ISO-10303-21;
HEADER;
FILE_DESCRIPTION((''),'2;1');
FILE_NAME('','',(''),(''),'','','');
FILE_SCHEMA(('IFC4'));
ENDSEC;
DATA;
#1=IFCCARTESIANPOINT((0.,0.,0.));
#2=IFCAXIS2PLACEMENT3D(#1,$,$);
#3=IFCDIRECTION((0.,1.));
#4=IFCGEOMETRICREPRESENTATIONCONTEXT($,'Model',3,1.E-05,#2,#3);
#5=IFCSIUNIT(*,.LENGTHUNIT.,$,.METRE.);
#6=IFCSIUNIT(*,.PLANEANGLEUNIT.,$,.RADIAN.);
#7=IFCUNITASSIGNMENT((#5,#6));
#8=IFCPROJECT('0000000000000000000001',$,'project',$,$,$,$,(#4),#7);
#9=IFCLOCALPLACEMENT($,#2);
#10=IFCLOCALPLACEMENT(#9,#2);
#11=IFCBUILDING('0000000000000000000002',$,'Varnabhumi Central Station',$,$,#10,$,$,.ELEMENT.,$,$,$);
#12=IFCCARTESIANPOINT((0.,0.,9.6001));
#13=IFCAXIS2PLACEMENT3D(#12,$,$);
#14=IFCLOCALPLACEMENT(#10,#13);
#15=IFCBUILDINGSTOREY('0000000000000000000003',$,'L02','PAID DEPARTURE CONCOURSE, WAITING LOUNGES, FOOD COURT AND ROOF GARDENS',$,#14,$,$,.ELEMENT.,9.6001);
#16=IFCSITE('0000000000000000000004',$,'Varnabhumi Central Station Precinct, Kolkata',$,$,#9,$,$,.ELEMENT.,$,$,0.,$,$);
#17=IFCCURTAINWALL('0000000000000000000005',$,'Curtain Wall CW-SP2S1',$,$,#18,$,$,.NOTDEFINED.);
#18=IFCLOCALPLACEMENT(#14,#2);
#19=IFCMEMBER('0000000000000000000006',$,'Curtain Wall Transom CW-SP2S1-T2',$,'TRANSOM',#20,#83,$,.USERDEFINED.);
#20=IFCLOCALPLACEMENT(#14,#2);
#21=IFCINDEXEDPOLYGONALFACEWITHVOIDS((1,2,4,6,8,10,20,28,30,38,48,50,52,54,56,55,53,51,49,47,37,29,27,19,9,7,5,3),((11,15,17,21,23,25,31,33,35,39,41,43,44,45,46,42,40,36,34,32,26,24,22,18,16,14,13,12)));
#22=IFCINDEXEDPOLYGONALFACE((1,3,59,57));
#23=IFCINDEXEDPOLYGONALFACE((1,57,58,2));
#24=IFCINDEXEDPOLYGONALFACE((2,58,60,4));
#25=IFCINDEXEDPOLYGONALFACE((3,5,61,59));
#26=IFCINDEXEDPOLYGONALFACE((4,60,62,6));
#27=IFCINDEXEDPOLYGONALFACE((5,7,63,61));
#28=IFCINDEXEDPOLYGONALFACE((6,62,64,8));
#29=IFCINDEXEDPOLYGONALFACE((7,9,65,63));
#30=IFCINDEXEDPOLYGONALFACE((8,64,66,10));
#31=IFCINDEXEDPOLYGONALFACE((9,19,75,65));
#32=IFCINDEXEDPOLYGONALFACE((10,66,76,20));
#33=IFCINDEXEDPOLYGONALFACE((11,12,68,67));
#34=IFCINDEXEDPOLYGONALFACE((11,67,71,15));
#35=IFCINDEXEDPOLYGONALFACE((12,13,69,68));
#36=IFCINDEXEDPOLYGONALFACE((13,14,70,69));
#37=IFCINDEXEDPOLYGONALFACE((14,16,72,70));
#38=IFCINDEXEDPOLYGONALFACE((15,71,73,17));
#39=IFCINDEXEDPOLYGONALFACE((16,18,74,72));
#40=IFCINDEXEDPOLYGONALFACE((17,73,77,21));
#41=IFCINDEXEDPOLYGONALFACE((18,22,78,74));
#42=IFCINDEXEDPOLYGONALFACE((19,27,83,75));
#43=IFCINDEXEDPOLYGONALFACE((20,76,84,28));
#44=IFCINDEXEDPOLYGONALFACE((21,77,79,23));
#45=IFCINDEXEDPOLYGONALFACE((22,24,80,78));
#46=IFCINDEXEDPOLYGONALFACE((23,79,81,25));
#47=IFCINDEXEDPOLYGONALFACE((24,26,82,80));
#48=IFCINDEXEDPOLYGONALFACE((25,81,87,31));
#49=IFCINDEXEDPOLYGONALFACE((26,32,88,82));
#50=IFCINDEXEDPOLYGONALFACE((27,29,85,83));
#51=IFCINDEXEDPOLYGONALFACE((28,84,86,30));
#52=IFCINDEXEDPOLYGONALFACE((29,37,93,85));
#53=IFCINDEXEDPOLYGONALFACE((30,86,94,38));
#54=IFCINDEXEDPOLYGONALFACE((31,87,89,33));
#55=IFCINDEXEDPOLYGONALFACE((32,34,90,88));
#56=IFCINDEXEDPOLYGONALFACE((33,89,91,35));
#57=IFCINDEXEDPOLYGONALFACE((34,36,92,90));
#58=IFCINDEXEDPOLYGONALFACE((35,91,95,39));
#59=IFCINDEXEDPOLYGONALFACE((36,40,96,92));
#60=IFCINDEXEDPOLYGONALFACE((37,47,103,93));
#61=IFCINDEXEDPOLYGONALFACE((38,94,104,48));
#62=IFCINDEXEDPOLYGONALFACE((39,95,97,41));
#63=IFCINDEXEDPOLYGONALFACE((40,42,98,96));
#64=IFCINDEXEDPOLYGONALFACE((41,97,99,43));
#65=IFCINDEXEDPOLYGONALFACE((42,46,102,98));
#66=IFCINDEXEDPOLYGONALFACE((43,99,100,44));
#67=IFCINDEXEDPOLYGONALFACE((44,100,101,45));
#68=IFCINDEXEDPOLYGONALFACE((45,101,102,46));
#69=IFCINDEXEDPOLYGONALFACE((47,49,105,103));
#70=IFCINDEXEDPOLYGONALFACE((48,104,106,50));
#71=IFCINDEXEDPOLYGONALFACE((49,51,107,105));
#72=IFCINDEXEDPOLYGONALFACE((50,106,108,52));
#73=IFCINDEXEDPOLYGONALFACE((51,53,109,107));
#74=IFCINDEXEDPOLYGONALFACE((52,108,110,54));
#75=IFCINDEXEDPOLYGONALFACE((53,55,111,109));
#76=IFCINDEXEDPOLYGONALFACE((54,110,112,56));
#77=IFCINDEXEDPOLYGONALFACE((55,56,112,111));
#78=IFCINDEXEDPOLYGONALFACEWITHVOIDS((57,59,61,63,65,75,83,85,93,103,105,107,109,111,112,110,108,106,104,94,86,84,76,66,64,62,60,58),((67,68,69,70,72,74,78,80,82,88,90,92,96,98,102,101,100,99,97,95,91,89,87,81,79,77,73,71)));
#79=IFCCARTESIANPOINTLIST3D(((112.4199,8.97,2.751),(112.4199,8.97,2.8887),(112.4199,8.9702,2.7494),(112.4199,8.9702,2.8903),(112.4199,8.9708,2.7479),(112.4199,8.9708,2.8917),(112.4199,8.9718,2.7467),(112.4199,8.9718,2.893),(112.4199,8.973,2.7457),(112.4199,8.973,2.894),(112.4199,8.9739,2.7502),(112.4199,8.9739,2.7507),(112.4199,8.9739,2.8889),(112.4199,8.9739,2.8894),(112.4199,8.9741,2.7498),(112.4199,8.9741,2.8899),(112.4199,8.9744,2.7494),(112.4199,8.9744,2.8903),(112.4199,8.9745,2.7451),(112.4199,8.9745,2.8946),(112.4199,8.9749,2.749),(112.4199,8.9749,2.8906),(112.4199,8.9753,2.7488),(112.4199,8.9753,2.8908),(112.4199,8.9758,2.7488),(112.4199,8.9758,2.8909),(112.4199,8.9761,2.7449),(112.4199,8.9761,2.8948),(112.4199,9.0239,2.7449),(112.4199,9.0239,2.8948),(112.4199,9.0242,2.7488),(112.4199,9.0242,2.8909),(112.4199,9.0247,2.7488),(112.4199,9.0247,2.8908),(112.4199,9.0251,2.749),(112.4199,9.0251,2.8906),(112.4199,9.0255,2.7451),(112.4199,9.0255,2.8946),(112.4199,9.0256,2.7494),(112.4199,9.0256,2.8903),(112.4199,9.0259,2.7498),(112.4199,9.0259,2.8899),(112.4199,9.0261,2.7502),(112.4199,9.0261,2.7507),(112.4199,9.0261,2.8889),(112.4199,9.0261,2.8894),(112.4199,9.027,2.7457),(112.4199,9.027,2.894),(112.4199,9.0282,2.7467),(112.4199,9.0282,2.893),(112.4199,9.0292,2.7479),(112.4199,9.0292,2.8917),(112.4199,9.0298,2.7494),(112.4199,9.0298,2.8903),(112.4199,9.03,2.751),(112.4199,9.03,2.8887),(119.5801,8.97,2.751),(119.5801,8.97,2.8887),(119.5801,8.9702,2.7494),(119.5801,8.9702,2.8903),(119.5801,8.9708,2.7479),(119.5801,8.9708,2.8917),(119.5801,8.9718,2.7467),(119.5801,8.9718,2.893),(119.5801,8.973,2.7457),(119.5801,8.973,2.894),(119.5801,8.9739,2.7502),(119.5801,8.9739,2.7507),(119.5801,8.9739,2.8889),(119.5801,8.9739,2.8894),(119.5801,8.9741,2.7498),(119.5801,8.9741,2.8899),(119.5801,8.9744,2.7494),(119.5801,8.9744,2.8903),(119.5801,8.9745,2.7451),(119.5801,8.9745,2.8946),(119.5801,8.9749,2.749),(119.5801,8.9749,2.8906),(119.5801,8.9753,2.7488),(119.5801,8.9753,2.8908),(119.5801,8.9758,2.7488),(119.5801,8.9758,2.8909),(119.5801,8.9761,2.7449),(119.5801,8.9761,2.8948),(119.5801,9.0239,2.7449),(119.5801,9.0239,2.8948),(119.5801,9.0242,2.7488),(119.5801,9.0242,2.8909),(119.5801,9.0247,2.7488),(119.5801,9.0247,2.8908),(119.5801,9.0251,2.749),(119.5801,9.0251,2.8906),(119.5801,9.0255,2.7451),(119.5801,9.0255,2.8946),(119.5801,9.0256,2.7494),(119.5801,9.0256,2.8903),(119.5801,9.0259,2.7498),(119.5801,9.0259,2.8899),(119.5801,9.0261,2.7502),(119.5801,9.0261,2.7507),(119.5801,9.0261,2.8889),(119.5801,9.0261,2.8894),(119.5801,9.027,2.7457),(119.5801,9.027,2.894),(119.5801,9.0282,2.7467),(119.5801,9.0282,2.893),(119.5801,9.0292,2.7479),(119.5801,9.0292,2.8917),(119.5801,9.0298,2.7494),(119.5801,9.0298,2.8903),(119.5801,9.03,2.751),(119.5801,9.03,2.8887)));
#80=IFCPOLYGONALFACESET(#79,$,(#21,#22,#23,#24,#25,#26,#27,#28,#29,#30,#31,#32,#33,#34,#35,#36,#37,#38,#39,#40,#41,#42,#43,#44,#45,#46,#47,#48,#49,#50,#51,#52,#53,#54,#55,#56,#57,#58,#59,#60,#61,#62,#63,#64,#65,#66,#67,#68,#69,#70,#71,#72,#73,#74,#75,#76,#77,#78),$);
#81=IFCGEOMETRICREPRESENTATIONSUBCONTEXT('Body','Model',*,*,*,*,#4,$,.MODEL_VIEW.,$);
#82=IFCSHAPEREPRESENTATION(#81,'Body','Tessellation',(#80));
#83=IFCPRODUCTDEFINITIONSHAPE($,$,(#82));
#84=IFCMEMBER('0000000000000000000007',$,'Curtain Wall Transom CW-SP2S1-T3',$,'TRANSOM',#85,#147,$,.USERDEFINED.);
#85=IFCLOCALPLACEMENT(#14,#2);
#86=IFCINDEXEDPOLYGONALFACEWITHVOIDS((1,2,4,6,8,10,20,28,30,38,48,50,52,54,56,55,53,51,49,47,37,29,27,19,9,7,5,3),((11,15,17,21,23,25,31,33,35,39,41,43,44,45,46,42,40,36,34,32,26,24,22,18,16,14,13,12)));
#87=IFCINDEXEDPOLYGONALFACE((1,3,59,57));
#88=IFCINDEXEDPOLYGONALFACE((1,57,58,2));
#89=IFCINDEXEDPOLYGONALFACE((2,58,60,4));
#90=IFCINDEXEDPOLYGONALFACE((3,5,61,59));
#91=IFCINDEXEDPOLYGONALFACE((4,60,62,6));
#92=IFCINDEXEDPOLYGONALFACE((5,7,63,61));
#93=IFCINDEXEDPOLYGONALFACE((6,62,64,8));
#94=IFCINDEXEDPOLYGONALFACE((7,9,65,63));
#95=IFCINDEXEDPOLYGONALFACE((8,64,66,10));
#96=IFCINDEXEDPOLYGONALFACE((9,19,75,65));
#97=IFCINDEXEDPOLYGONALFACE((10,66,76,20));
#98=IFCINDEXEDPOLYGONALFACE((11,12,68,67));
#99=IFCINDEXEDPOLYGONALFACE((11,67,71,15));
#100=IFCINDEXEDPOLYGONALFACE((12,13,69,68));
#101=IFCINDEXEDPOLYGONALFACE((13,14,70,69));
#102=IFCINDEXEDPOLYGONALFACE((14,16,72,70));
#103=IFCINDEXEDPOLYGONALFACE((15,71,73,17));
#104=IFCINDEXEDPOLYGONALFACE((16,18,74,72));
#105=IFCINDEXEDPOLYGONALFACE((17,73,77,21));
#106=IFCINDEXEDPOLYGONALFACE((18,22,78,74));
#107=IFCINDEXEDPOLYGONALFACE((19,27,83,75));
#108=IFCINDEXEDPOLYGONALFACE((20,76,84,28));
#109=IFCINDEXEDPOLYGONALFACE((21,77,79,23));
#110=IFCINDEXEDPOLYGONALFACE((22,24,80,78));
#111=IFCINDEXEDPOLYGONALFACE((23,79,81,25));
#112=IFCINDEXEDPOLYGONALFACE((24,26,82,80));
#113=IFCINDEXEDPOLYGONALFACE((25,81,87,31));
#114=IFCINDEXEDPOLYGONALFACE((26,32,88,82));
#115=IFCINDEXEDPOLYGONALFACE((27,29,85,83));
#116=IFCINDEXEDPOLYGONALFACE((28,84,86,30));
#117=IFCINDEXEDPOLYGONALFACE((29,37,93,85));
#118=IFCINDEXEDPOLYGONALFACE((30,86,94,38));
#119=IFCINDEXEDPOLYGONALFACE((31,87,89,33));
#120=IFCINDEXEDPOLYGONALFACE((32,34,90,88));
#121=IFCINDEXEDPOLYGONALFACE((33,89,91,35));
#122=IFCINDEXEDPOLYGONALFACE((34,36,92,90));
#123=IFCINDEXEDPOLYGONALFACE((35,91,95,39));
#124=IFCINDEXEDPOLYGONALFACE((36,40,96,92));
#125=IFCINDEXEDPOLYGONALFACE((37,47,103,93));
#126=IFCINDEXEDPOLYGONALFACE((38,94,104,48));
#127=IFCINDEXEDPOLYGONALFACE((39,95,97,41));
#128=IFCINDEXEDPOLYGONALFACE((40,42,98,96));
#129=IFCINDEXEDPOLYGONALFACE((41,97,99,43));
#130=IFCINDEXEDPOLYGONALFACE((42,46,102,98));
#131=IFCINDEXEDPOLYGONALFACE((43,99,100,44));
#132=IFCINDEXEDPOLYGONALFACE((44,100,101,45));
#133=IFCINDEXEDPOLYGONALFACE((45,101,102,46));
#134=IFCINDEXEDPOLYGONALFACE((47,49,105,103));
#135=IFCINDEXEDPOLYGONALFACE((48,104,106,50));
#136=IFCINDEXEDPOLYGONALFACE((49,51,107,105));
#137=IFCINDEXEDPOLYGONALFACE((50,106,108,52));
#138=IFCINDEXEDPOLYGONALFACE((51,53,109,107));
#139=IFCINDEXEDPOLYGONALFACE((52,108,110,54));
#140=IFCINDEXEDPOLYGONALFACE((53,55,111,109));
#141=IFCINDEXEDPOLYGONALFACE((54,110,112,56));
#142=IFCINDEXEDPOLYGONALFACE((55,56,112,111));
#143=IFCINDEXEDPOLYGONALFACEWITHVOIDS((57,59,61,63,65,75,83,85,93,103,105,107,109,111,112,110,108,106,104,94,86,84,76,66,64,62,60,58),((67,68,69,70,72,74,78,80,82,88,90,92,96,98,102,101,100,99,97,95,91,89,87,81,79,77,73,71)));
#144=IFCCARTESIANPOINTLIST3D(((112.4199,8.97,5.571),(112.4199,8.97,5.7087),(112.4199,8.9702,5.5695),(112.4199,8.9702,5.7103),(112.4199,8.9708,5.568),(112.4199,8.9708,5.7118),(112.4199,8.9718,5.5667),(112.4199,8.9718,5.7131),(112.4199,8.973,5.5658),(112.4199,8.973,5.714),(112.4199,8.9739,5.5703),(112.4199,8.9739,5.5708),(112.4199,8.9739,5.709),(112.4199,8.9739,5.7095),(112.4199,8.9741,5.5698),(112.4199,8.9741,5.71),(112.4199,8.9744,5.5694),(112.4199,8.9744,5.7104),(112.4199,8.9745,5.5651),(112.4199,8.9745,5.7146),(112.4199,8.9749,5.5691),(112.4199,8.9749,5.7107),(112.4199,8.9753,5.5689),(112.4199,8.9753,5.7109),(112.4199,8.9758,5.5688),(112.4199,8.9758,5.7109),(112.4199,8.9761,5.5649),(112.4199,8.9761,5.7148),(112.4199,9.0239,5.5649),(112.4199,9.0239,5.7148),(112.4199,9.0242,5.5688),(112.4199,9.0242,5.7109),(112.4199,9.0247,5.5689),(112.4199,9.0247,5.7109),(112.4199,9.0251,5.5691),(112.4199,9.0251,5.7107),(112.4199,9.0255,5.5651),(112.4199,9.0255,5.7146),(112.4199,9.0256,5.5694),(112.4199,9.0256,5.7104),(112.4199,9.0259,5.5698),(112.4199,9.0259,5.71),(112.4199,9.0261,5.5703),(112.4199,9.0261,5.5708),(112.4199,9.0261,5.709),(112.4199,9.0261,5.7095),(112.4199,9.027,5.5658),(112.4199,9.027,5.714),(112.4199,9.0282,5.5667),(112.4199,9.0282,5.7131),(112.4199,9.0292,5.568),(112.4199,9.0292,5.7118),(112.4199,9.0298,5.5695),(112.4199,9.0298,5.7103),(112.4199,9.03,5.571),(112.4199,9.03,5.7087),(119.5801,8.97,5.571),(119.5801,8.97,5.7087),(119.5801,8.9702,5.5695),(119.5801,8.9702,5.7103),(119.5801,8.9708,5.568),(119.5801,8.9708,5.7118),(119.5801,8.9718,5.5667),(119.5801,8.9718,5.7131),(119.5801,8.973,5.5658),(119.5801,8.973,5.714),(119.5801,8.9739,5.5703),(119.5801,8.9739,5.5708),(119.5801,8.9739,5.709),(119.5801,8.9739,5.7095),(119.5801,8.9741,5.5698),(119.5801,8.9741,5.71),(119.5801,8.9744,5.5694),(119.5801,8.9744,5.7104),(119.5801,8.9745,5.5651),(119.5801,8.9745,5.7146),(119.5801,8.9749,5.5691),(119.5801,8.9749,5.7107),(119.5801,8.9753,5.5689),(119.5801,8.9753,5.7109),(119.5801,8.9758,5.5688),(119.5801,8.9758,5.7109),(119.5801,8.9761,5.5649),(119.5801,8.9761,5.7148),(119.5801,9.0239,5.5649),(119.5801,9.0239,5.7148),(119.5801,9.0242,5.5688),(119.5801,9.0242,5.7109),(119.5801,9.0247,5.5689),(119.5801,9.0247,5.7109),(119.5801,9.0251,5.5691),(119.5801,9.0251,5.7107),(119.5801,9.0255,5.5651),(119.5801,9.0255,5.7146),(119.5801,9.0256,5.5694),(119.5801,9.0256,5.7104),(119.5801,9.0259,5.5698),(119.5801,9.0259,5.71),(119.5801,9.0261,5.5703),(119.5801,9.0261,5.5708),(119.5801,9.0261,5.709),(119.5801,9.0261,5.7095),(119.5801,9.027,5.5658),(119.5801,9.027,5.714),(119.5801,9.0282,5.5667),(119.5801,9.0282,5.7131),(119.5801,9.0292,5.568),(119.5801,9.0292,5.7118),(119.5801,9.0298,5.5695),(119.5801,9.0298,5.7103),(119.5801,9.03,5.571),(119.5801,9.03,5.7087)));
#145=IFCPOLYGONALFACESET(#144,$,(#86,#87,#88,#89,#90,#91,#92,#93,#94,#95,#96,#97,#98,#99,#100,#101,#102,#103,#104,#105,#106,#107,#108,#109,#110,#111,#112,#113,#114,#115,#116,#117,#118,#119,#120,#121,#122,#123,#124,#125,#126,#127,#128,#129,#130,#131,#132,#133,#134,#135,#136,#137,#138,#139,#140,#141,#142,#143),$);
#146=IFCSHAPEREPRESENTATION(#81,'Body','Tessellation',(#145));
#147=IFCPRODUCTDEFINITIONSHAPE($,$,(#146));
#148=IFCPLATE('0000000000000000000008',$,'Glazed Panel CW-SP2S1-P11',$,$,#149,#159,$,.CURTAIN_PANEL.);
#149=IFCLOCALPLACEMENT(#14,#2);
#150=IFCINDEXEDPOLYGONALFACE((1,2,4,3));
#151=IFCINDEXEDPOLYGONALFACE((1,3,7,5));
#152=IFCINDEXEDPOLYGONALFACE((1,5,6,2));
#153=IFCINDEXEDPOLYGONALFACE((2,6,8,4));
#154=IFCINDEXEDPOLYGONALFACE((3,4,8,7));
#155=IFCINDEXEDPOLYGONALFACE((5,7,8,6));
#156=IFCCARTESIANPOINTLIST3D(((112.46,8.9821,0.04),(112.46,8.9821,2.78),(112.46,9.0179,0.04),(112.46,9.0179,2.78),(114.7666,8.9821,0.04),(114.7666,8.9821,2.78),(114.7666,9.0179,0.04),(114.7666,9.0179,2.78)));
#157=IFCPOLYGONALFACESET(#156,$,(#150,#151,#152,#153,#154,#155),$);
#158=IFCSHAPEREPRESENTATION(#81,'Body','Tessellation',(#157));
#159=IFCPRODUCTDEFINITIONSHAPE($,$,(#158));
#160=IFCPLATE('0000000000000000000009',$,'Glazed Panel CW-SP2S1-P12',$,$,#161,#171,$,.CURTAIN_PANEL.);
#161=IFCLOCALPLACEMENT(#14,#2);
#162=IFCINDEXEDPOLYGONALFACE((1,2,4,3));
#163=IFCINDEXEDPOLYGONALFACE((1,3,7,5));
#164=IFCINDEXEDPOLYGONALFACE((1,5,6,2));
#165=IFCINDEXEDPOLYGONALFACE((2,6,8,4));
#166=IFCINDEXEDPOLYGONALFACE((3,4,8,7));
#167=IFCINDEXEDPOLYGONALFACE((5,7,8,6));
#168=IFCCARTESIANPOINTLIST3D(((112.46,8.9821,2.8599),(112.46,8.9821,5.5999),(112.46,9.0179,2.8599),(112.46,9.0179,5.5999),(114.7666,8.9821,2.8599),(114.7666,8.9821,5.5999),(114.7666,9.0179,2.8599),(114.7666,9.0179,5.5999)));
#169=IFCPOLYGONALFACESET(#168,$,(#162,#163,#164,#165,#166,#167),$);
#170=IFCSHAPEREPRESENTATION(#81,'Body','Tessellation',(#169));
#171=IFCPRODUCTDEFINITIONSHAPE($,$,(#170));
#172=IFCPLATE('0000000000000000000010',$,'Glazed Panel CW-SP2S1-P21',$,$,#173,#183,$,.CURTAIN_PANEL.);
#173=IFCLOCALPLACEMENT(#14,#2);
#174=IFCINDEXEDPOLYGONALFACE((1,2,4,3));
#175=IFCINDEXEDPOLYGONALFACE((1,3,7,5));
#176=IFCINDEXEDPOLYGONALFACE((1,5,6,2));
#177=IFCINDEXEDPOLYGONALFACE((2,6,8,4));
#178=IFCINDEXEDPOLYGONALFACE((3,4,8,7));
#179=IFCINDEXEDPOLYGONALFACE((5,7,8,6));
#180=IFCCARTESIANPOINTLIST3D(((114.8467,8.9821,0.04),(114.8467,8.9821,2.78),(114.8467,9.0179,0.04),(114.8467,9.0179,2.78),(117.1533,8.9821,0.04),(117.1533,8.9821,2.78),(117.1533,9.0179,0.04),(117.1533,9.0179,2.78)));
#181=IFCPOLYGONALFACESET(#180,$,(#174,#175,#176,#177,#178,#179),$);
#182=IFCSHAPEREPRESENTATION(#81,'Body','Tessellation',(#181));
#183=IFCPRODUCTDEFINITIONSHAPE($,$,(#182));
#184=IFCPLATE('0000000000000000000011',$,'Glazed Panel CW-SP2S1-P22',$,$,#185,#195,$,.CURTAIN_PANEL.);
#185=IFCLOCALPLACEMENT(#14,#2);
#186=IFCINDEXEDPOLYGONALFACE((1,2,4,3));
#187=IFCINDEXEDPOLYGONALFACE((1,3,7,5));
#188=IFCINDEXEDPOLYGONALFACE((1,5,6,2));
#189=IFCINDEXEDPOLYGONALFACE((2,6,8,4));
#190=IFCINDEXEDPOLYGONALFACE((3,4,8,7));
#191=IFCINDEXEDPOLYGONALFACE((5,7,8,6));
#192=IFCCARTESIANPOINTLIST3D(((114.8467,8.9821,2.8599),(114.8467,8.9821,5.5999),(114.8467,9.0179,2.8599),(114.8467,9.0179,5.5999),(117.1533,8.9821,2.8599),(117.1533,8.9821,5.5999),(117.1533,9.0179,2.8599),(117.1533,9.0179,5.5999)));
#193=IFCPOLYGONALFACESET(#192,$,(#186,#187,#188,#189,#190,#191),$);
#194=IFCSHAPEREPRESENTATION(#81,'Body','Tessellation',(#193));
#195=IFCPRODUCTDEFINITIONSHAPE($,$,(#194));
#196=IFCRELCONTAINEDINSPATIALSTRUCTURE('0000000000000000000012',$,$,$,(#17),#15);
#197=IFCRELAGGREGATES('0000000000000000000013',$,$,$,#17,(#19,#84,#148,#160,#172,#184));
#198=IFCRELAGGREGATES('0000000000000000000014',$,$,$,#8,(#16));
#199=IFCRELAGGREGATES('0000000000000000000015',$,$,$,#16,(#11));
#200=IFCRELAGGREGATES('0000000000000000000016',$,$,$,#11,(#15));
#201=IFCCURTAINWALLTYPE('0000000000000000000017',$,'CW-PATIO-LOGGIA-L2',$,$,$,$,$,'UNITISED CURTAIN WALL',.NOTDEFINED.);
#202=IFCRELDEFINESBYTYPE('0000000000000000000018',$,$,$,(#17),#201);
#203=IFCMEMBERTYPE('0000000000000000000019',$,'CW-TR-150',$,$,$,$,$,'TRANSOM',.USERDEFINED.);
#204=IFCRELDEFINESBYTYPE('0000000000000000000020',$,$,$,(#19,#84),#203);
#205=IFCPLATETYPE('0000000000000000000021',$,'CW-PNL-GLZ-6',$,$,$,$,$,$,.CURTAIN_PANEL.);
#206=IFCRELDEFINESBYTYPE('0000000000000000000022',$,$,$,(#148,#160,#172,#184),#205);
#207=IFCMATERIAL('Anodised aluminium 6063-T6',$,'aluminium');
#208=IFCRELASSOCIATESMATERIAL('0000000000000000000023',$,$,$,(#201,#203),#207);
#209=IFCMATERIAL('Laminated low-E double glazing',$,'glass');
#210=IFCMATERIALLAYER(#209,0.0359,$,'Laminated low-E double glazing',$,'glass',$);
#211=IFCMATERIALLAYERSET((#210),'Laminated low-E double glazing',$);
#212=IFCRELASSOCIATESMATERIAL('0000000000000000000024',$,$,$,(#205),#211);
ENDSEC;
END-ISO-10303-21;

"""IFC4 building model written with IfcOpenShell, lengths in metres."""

from ifc_helpers import new_model, si_unit, direction, frame, origin, origin_2d, place, context, subcontext, project, spatial, rectangle, hollow_rectangle, extrude, material, layer, layer_set, material_profile, profile_set, type_object, element, aggregate, save


model = new_model("IFC4")

# Units and contexts
model_context = context("Model", 3, precision=1e-05, world=origin(), true_north=direction((0.0, 1.0)))
body_context = subcontext(model_context, "Body", "Model", "MODEL_VIEW")
ifc_project = project(units=[si_unit("LENGTHUNIT", "METRE"), si_unit("PLANEANGLEUNIT", "RADIAN")], contexts=[model_context])

# Site, building, storey
site_placement = place(None, origin())
site = spatial("IfcSite", under=ifc_project, at=site_placement, Name="Varnabhumi Central Station Precinct, Kolkata", CompositionType="ELEMENT", RefElevation=0.0)
building_placement = place(site_placement, origin())
building = spatial("IfcBuilding", under=site, at=building_placement, Name="Varnabhumi Central Station", CompositionType="ELEMENT")
storey_placement = place(building_placement, frame((0.0, 0.0, 9.6001)))
storey = spatial("IfcBuildingStorey", under=building, at=storey_placement, Name="L02", Description="PAID DEPARTURE CONCOURSE, WAITING LOUNGES, FOOD COURT AND ROOF GARDENS", CompositionType="ELEMENT", Elevation=9.6001)

# Curtain wall, members, plates
ifc_material_1 = material(Name="Anodised aluminium 6063-T6", Category="aluminium")
curtain_wall_type = type_object("IfcCurtainWallType", Name="CW-PATIO-LOGGIA-L2", ElementType="UNITISED CURTAIN WALL", PredefinedType="NOTDEFINED", material=ifc_material_1)
curtain_wall_placement = place(storey_placement, origin())
curtain_wall = element("IfcCurtainWall", 1, at=curtain_wall_placement, inside=storey, type_object=curtain_wall_type, Name="Curtain Wall CW-SP2S1", PredefinedType="NOTDEFINED")
ifc_material_profile_1 = material_profile(ifc_material_1, hollow_rectangle(XDim=0.0601, YDim=0.1499, WallThickness=0.0039, InnerFilletRadius=0.002, OuterFilletRadius=0.0061, at=origin_2d()), Name="Anodised aluminium 6063-T6", Category="aluminium")
ifc_profile_set_1 = profile_set([ifc_material_profile_1], Name="Anodised aluminium 6063-T6")
member_type_1 = type_object("IfcMemberType", Name="CW-TR-150", ElementType="TRANSOM", PredefinedType="USERDEFINED", material=ifc_profile_set_1)
member_1_placement = place(storey_placement, frame((112.4199, 9.0, 2.8198), z_axis=(1.0, 0.0, 0.0), x_axis=(0.0, 1.0, 0.0)))
member_1 = element("IfcMember", 2, at=member_1_placement, type_object=member_type_1, Name="Curtain Wall Transom CW-SP2S1-T2", ObjectType="TRANSOM", PredefinedType="USERDEFINED", context=body_context, shape_type="SweptSolid", body=[
    extrude(hollow_rectangle(XDim=0.0601, YDim=0.1499, WallThickness=0.0039, InnerFilletRadius=0.002, OuterFilletRadius=0.0061, at=origin_2d()), origin(), (0.0, 0.0, 1.0), 7.1602),
])
member_2_placement = place(storey_placement, frame((112.4199, 9.0, 5.6399), z_axis=(1.0, 0.0, 0.0), x_axis=(0.0, 1.0, 0.0)))
member_2 = element("IfcMember", 3, at=member_2_placement, type_object=member_type_1, Name="Curtain Wall Transom CW-SP2S1-T3", ObjectType="TRANSOM", PredefinedType="USERDEFINED", context=body_context, shape_type="SweptSolid", body=[
    extrude(hollow_rectangle(XDim=0.0601, YDim=0.1499, WallThickness=0.0039, InnerFilletRadius=0.002, OuterFilletRadius=0.0061, at=origin_2d()), origin(), (0.0, 0.0, 1.0), 7.1602),
])
ifc_material_2 = material(Name="Laminated low-E double glazing", Category="glass")
ifc_layer_1 = layer(ifc_material_2, 0.0359, Name="Laminated low-E double glazing", Category="glass")
ifc_layer_set_1 = layer_set([ifc_layer_1], Name="Laminated low-E double glazing")
plate_type_1 = type_object("IfcPlateType", Name="CW-PNL-GLZ-6", PredefinedType="CURTAIN_PANEL", material=ifc_layer_set_1)
plate_1_placement = place(storey_placement, frame((113.6133, 9.0, 0.04), z_axis=(0.0, 0.0, 1.0), x_axis=(1.0, 0.0, 0.0)))
plate_1 = element("IfcPlate", 4, at=plate_1_placement, type_object=plate_type_1, Name="Glazed Panel CW-SP2S1-P11", PredefinedType="CURTAIN_PANEL", context=body_context, shape_type="SweptSolid", body=[
    extrude(rectangle(XDim=2.3066, YDim=0.0359, at=origin_2d()), origin(), (0.0, 0.0, 1.0), 2.74),
])
plate_2_placement = place(storey_placement, frame((113.6133, 9.0, 2.8599), z_axis=(0.0, 0.0, 1.0), x_axis=(1.0, 0.0, 0.0)))
plate_2 = element("IfcPlate", 5, at=plate_2_placement, type_object=plate_type_1, Name="Glazed Panel CW-SP2S1-P12", PredefinedType="CURTAIN_PANEL", context=body_context, shape_type="SweptSolid", body=[
    extrude(rectangle(XDim=2.3066, YDim=0.0359, at=origin_2d()), origin(), (0.0, 0.0, 1.0), 2.74),
])
plate_3_placement = place(storey_placement, frame((116.0, 9.0, 0.04), z_axis=(0.0, 0.0, 1.0), x_axis=(1.0, 0.0, 0.0)))
plate_3 = element("IfcPlate", 6, at=plate_3_placement, type_object=plate_type_1, Name="Glazed Panel CW-SP2S1-P21", PredefinedType="CURTAIN_PANEL", context=body_context, shape_type="SweptSolid", body=[
    extrude(rectangle(XDim=2.3066, YDim=0.0359, at=origin_2d()), origin(), (0.0, 0.0, 1.0), 2.74),
])
plate_4_placement = place(storey_placement, frame((116.0, 9.0, 2.8599), z_axis=(0.0, 0.0, 1.0), x_axis=(1.0, 0.0, 0.0)))
plate_4 = element("IfcPlate", 7, at=plate_4_placement, type_object=plate_type_1, Name="Glazed Panel CW-SP2S1-P22", PredefinedType="CURTAIN_PANEL", context=body_context, shape_type="SweptSolid", body=[
    extrude(rectangle(XDim=2.3066, YDim=0.0359, at=origin_2d()), origin(), (0.0, 0.0, 1.0), 2.74),
])
aggregate(curtain_wall, [member_1, member_2, plate_1, plate_2, plate_3, plate_4])

save(model, "model.ifc")
